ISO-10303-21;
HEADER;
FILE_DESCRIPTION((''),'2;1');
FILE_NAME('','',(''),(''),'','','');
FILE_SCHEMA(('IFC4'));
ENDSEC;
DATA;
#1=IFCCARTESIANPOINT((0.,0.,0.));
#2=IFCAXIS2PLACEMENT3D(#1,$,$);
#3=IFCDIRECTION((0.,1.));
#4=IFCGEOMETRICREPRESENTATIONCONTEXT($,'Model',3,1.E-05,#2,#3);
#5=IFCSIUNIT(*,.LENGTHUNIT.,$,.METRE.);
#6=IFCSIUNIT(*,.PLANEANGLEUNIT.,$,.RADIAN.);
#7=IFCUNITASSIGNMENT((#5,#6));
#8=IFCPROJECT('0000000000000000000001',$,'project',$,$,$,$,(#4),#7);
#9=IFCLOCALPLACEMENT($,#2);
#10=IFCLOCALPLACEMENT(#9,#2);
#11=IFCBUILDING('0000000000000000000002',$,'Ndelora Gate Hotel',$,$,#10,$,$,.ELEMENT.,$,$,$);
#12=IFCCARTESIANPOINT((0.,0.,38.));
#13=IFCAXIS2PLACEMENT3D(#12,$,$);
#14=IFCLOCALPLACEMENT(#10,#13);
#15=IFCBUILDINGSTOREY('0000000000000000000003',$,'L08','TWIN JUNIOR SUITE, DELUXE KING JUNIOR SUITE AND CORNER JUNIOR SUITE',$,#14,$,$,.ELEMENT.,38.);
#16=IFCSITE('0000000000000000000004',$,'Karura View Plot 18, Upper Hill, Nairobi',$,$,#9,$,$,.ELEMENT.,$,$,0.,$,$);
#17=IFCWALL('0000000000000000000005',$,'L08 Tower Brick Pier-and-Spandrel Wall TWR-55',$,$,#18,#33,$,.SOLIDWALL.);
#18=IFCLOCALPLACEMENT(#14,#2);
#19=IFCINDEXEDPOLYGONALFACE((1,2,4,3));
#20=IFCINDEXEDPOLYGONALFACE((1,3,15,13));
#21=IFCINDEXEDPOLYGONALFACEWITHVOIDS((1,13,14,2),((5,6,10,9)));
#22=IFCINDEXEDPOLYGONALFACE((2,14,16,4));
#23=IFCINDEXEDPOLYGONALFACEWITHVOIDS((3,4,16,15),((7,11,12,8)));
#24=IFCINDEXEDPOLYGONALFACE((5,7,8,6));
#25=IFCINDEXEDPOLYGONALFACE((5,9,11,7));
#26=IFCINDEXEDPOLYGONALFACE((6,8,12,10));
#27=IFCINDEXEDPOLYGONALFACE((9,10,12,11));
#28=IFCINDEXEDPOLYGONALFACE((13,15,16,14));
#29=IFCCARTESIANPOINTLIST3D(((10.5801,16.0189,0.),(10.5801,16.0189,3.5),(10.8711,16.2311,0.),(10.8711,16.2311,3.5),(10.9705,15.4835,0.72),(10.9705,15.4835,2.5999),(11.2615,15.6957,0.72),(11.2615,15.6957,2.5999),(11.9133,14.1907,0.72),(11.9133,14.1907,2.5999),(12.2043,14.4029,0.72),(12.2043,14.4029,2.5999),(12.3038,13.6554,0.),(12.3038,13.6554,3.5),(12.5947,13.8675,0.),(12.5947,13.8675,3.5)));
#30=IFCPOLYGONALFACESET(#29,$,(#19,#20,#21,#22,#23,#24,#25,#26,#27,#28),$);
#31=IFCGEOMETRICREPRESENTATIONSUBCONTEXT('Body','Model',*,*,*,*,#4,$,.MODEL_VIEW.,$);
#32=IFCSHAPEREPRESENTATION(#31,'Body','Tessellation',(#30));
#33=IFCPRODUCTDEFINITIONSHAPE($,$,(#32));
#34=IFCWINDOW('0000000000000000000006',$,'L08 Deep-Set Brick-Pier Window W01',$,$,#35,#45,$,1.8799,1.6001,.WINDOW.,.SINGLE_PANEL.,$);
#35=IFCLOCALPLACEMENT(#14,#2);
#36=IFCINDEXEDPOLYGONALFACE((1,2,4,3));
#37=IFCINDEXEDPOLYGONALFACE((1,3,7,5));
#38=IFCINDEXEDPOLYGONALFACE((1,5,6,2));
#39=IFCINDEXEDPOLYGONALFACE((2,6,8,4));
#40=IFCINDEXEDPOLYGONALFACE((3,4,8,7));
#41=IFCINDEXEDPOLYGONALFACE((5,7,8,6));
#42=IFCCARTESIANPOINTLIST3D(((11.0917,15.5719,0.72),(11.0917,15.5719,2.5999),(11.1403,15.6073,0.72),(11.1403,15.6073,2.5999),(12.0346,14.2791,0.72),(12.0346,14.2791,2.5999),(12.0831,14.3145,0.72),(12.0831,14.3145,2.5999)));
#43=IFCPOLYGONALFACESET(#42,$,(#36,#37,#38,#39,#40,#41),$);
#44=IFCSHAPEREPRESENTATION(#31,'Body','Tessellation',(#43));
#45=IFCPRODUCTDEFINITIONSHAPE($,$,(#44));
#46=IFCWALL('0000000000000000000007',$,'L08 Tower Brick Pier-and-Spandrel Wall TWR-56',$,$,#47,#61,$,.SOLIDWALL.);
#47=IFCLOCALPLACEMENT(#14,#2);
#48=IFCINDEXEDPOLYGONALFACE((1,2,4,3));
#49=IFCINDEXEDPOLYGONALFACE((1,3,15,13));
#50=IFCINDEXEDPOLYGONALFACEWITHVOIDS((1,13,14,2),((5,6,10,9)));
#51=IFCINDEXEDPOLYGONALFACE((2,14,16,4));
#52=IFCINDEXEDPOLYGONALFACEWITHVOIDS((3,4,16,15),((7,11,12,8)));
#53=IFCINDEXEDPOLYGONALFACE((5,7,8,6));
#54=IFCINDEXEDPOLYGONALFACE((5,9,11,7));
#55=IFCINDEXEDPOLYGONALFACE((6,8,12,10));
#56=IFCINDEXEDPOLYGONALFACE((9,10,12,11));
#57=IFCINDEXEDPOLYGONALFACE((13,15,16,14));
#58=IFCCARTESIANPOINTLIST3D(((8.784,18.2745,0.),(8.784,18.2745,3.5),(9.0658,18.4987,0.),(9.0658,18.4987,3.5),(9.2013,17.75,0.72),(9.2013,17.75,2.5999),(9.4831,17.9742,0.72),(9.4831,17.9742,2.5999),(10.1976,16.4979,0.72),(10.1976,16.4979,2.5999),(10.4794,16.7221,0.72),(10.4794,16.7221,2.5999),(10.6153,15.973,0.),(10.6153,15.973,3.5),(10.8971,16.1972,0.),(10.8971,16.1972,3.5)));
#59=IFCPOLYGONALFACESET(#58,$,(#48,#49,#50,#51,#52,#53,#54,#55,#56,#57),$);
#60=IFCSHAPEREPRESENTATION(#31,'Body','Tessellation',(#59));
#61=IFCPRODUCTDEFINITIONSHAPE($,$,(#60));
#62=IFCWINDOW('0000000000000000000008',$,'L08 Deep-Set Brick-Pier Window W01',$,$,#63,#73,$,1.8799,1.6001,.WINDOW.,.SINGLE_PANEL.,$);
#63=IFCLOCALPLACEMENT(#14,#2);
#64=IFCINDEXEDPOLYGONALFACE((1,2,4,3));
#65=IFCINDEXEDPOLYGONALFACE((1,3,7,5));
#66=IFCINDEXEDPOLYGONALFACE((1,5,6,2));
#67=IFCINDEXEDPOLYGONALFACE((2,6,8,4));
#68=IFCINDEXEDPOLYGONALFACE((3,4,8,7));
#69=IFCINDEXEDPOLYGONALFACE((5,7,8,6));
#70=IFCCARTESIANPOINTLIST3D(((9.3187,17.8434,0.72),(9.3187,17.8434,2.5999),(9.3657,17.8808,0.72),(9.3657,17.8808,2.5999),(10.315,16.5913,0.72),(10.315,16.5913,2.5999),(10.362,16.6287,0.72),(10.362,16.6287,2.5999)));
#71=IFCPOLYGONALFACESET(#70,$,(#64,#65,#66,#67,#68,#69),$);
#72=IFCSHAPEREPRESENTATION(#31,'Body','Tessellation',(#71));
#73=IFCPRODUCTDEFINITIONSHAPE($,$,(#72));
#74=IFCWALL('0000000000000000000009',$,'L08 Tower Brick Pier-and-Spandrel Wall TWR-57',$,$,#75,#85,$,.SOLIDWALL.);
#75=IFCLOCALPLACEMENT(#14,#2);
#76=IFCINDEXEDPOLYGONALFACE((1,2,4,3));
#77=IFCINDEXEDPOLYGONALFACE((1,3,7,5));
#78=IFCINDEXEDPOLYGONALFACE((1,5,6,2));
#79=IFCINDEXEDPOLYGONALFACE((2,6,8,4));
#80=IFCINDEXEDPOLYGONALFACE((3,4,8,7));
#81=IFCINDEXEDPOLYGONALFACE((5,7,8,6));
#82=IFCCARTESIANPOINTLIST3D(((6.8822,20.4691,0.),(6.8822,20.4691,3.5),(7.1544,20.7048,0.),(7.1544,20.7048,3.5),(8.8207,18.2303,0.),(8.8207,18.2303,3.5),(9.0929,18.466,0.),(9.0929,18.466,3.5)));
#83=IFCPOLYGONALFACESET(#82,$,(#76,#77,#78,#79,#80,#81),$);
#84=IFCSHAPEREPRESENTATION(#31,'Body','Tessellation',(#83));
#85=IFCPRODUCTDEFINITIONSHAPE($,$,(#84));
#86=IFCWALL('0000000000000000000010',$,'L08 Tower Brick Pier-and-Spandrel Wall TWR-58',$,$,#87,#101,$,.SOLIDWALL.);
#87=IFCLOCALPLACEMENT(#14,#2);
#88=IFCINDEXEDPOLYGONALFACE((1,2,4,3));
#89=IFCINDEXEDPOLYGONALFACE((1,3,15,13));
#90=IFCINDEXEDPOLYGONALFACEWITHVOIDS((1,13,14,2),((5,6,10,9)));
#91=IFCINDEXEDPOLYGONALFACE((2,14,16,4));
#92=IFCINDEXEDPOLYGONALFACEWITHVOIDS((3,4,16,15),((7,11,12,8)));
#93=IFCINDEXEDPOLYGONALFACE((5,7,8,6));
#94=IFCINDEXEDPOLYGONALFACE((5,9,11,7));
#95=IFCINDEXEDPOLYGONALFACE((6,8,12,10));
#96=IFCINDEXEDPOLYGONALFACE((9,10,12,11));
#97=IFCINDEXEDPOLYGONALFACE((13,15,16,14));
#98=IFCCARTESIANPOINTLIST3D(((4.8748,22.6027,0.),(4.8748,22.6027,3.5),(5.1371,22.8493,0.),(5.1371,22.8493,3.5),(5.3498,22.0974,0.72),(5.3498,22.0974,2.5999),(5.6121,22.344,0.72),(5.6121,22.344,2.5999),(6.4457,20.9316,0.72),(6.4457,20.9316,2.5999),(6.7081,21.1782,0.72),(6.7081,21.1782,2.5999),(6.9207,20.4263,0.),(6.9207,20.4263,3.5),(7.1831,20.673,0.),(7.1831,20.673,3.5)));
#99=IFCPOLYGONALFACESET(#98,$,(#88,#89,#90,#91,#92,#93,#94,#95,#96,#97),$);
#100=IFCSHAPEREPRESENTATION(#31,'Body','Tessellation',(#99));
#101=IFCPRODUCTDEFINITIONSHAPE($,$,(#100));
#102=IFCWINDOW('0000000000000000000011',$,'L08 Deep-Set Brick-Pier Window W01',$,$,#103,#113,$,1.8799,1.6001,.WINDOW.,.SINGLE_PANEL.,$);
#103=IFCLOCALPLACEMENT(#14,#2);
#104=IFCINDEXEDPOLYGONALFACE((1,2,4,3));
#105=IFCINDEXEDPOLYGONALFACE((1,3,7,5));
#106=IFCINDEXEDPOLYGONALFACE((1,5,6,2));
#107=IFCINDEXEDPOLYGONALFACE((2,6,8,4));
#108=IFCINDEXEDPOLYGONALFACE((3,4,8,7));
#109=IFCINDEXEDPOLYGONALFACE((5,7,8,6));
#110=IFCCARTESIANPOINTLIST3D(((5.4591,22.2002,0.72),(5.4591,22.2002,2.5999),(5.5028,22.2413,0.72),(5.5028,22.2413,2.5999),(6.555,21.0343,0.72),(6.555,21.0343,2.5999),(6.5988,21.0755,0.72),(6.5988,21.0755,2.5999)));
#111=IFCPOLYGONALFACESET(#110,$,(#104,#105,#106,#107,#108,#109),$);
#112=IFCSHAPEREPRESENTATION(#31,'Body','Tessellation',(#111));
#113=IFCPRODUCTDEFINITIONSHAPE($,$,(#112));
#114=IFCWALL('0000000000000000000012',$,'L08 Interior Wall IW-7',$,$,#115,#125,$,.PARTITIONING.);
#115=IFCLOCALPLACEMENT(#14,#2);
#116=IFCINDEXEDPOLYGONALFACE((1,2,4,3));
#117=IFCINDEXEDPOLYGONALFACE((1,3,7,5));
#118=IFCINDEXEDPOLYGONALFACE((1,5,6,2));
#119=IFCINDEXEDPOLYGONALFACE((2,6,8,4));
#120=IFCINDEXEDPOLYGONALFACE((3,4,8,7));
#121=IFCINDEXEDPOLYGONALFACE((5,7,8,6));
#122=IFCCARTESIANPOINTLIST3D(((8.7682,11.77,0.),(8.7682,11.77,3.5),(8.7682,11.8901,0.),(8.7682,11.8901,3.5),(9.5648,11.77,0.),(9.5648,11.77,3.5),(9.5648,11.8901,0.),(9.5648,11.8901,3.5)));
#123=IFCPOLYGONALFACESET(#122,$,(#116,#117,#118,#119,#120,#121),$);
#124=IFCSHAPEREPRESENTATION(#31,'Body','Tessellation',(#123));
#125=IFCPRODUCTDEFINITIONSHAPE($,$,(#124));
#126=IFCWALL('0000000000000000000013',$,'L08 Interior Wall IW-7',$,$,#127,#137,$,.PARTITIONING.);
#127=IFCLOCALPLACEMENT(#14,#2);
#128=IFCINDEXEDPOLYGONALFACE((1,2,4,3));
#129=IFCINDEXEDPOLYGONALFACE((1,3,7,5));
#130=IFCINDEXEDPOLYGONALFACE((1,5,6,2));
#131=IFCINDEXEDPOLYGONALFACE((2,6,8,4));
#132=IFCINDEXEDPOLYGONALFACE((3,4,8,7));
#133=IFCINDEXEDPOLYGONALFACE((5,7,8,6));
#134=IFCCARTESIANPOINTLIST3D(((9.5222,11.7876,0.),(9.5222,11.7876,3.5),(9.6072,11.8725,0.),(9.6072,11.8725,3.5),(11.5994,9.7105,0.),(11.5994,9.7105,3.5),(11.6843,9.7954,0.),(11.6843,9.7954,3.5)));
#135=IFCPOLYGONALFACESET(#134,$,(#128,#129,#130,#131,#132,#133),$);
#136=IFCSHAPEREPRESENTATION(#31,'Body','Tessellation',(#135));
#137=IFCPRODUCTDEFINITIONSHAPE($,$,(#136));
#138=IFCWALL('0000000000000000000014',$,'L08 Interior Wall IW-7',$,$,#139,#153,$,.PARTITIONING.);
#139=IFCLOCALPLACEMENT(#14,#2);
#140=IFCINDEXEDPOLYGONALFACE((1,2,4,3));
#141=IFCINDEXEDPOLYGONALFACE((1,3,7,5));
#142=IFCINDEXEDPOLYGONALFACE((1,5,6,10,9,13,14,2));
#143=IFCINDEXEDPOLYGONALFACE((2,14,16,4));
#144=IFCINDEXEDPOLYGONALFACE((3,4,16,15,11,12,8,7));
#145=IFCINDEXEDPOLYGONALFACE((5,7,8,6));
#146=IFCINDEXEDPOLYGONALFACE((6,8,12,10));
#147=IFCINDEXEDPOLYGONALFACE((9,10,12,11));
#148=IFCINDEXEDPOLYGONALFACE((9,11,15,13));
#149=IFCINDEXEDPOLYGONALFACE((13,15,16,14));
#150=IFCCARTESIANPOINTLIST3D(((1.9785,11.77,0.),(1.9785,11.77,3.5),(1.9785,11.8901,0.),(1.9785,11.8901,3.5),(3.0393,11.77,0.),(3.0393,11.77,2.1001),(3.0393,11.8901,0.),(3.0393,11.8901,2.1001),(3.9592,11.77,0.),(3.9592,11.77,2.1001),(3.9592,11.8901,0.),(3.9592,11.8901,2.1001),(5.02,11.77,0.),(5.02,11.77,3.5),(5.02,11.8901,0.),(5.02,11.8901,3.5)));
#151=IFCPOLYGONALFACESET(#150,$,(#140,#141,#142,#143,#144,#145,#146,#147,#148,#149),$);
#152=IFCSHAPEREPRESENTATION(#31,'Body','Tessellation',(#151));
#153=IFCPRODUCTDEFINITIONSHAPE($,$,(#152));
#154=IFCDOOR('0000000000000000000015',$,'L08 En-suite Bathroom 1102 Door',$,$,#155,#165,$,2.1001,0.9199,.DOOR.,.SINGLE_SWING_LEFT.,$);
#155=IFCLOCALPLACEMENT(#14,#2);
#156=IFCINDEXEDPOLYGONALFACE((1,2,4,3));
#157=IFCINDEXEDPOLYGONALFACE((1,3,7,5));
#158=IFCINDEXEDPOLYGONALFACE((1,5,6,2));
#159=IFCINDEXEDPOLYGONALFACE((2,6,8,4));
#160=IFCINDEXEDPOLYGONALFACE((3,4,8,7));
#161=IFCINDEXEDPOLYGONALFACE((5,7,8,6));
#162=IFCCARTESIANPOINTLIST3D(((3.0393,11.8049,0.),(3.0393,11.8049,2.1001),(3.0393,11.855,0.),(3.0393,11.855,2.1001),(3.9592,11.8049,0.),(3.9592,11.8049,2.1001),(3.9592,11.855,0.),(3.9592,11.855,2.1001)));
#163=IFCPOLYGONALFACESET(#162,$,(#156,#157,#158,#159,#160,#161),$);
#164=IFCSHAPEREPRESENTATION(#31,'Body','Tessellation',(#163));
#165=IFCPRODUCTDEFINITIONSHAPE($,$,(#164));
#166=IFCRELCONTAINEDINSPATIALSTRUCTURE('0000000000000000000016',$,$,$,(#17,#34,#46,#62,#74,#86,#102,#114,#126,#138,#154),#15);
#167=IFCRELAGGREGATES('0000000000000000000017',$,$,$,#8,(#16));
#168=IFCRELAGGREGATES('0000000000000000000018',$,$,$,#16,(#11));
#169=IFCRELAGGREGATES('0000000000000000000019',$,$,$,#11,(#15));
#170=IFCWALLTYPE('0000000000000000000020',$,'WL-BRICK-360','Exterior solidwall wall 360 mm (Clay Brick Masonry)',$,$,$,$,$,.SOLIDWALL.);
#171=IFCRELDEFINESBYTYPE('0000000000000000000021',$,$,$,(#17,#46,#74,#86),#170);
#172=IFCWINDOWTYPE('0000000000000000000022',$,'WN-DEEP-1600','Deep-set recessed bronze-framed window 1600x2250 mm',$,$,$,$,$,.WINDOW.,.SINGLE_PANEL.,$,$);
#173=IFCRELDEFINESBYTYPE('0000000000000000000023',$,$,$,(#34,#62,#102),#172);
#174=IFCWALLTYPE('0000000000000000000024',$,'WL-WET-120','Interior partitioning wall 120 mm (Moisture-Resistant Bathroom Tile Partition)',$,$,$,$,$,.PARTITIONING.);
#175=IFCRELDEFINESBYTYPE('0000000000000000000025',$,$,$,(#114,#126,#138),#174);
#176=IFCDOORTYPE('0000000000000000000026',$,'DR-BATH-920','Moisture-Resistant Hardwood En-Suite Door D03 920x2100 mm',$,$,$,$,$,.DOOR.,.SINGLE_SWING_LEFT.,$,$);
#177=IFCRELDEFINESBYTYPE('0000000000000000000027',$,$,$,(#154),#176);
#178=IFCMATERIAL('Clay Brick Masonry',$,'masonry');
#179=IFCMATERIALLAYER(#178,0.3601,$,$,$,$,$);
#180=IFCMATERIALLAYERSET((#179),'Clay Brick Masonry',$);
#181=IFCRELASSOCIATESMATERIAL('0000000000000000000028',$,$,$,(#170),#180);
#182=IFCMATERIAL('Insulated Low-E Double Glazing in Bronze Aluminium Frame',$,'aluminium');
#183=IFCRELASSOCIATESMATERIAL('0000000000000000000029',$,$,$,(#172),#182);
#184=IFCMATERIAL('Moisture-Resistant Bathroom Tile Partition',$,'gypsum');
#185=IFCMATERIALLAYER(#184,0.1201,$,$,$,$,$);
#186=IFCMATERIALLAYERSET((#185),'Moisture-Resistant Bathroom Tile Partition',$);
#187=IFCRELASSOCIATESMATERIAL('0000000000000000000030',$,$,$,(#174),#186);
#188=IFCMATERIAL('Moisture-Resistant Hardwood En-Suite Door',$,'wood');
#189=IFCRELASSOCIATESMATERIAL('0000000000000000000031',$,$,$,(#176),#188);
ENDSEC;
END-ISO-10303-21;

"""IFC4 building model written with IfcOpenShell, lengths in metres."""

from ifc_helpers import new_model, si_unit, direction, frame, frame_2d, origin, place, context, subcontext, project, spatial, rectangle, extrude, material, layer, layer_set, type_object, element, fill, save


model = new_model("IFC4")

# Units and contexts
model_context = context("Model", 3, precision=1e-05, world=origin(), true_north=direction((0.0, 1.0)))
body_context = subcontext(model_context, "Body", "Model", "MODEL_VIEW")
ifc_project = project(units=[si_unit("LENGTHUNIT", "METRE"), si_unit("PLANEANGLEUNIT", "RADIAN")], contexts=[model_context])

# Site, building, storey
site_placement = place(None, origin())
site = spatial("IfcSite", under=ifc_project, at=site_placement, Name="Karura View Plot 18, Upper Hill, Nairobi", CompositionType="ELEMENT", RefElevation=0.0)
building_placement = place(site_placement, origin())
building = spatial("IfcBuilding", under=site, at=building_placement, Name="Ndelora Gate Hotel", CompositionType="ELEMENT")
storey_placement = place(building_placement, frame((0.0, 0.0, 38.0)))
storey = spatial("IfcBuildingStorey", under=building, at=storey_placement, Name="L08", Description="TWIN JUNIOR SUITE, DELUXE KING JUNIOR SUITE AND CORNER JUNIOR SUITE", CompositionType="ELEMENT", Elevation=38.0)

# Shared definitions
ifc_material_1 = material(Name="Clay Brick Masonry", Category="masonry")
ifc_layer_1 = layer(ifc_material_1, 0.3601)
ifc_layer_set_1 = layer_set([ifc_layer_1], Name="Clay Brick Masonry")
wall_type_1 = type_object("IfcWallType", Name="WL-BRICK-360", Description="Exterior solidwall wall 360 mm (Clay Brick Masonry)", PredefinedType="SOLIDWALL", material=ifc_layer_set_1)

# Walls, openings, windows
ifc_material_2 = material(Name="Insulated Low-E Double Glazing in Bronze Aluminium Frame", Category="aluminium")
window_type = type_object("IfcWindowType", Name="WN-DEEP-1600", Description="Deep-set recessed bronze-framed window 1600x2250 mm", PartitioningType="SINGLE_PANEL", PredefinedType="WINDOW", material=ifc_material_2)
wall_1_placement = place(storey_placement, frame((10.7256, 16.125, 0.0), z_axis=(0.0, 0.0, 1.0), x_axis=(0.589223, -0.80797, 0.0)))
wall_1 = element("IfcWall", 1, at=wall_1_placement, inside=storey, type_object=wall_type_1, Name="L08 Tower Brick Pier-and-Spandrel Wall TWR-55", PredefinedType="SOLIDWALL", context=body_context, shape_type="SweptSolid", body=[
    extrude(rectangle(XDim=2.9253, YDim=0.3601, at=frame_2d((1.4626, 0.0))), origin(), (0.0, 0.0, 1.0), 3.5),
])
opening_1_placement = place(wall_1_placement, frame((0.6626, 0.0, 0.72)))
opening_1 = element("IfcOpeningElement", 2, at=opening_1_placement, cuts=wall_1, PredefinedType="OPENING", context=body_context, shape_type="SweptSolid", body=[
    extrude(rectangle(XDim=1.6001, YDim=1.8799, at=frame_2d((0.8, 0.9399))), frame((0.0, 0.1899, 0.0), z_axis=(0.0, -1.0, 0.0), x_axis=(1.0, 0.0, 0.0)), (0.0, 0.0, 1.0), 0.3801),
])
window_1_placement = place(opening_1_placement, origin())
window_1 = element("IfcWindow", 3, at=window_1_placement, inside=storey, type_object=window_type, Name="L08 Deep-Set Brick-Pier Window W01", OverallHeight=1.8799, OverallWidth=1.6001, PartitioningType="SINGLE_PANEL", PredefinedType="WINDOW", context=body_context, shape_type="SweptSolid", body=[
    extrude(rectangle(XDim=1.6001, YDim=1.8799, at=frame_2d((0.8, 0.9399))), frame((0.0, 0.03, 0.0), z_axis=(0.0, -1.0, 0.0), x_axis=(1.0, 0.0, 0.0)), (0.0, 0.0, 1.0), 0.0601),
])
fill(opening_1, window_1)
wall_2_placement = place(storey_placement, frame((8.9248, 18.3867, 0.0), z_axis=(0.0, 0.0, 1.0), x_axis=(0.622638, -0.78251, 0.0)))
wall_2 = element("IfcWall", 4, at=wall_2_placement, inside=storey, type_object=wall_type_1, Name="L08 Tower Brick Pier-and-Spandrel Wall TWR-56", PredefinedType="SOLIDWALL", context=body_context, shape_type="SweptSolid", body=[
    extrude(rectangle(XDim=2.9412, YDim=0.3601, at=frame_2d((1.4707, 0.0))), origin(), (0.0, 0.0, 1.0), 3.5),
])
opening_2_placement = place(wall_2_placement, frame((0.6704, 0.0, 0.72)))
opening_2 = element("IfcOpeningElement", 5, at=opening_2_placement, cuts=wall_2, PredefinedType="OPENING", context=body_context, shape_type="SweptSolid", body=[
    extrude(rectangle(XDim=1.6001, YDim=1.8799, at=frame_2d((0.8, 0.9399))), frame((0.0, 0.1899, 0.0), z_axis=(0.0, -1.0, 0.0), x_axis=(1.0, 0.0, 0.0)), (0.0, 0.0, 1.0), 0.3801),
])
window_2_placement = place(opening_2_placement, origin())
window_2 = element("IfcWindow", 6, at=window_2_placement, inside=storey, type_object=window_type, Name="L08 Deep-Set Brick-Pier Window W01", OverallHeight=1.8799, OverallWidth=1.6001, PartitioningType="SINGLE_PANEL", PredefinedType="WINDOW", context=body_context, shape_type="SweptSolid", body=[
    extrude(rectangle(XDim=1.6001, YDim=1.8799, at=frame_2d((0.8, 0.9399))), frame((0.0, 0.03, 0.0), z_axis=(0.0, -1.0, 0.0), x_axis=(1.0, 0.0, 0.0)), (0.0, 0.0, 1.0), 0.0601),
])
fill(opening_2, window_2)

# Wall
wall_3_placement = place(storey_placement, frame((7.0183, 20.5869, 0.0), z_axis=(0.0, 0.0, 1.0), x_axis=(0.654585, -0.755988, 0.0)))
element("IfcWall", 7, at=wall_3_placement, inside=storey, type_object=wall_type_1, Name="L08 Tower Brick Pier-and-Spandrel Wall TWR-57", PredefinedType="SOLIDWALL", context=body_context, shape_type="SweptSolid", body=[
    extrude(rectangle(XDim=2.9614, YDim=0.3601, at=frame_2d((1.4807, 0.0))), origin(), (0.0, 0.0, 1.0), 3.5),
])

# Wall, opening, window
wall_4_placement = place(storey_placement, frame((5.0059, 22.7261, 0.0), z_axis=(0.0, 0.0, 1.0), x_axis=(0.684946, -0.728593, 0.0)))
wall_4 = element("IfcWall", 8, at=wall_4_placement, inside=storey, type_object=wall_type_1, Name="L08 Tower Brick Pier-and-Spandrel Wall TWR-58", PredefinedType="SOLIDWALL", context=body_context, shape_type="SweptSolid", body=[
    extrude(rectangle(XDim=2.9871, YDim=0.3601, at=frame_2d((1.4937, 0.0))), origin(), (0.0, 0.0, 1.0), 3.5),
])
opening_3_placement = place(wall_4_placement, frame((0.6936, 0.0, 0.72)))
opening_3 = element("IfcOpeningElement", 9, at=opening_3_placement, cuts=wall_4, PredefinedType="OPENING", context=body_context, shape_type="SweptSolid", body=[
    extrude(rectangle(XDim=1.6001, YDim=1.8799, at=frame_2d((0.8, 0.9399))), frame((0.0, 0.1899, 0.0), z_axis=(0.0, -1.0, 0.0), x_axis=(1.0, 0.0, 0.0)), (0.0, 0.0, 1.0), 0.3801),
])
window_3_placement = place(opening_3_placement, origin())
window_3 = element("IfcWindow", 10, at=window_3_placement, inside=storey, type_object=window_type, Name="L08 Deep-Set Brick-Pier Window W01", OverallHeight=1.8799, OverallWidth=1.6001, PartitioningType="SINGLE_PANEL", PredefinedType="WINDOW", context=body_context, shape_type="SweptSolid", body=[
    extrude(rectangle(XDim=1.6001, YDim=1.8799, at=frame_2d((0.8, 0.9399))), frame((0.0, 0.03, 0.0), z_axis=(0.0, -1.0, 0.0), x_axis=(1.0, 0.0, 0.0)), (0.0, 0.0, 1.0), 0.0601),
])
fill(opening_3, window_3)

# Walls
ifc_material_3 = material(Name="Moisture-Resistant Bathroom Tile Partition", Category="gypsum")
ifc_layer_2 = layer(ifc_material_3, 0.1201)
ifc_layer_set_2 = layer_set([ifc_layer_2], Name="Moisture-Resistant Bathroom Tile Partition")
wall_type_2 = type_object("IfcWallType", Name="WL-WET-120", Description="Interior partitioning wall 120 mm (Moisture-Resistant Bathroom Tile Partition)", PredefinedType="PARTITIONING", material=ifc_layer_set_2)
wall_5_placement = place(storey_placement, frame((8.7681, 11.8301, 0.0), z_axis=(0.0, 0.0, 1.0), x_axis=(1.0, 0.0, 0.0)))
element("IfcWall", 11, at=wall_5_placement, inside=storey, type_object=wall_type_2, Name="L08 Interior Wall IW-7", PredefinedType="PARTITIONING", context=body_context, shape_type="SweptSolid", body=[
    extrude(rectangle(XDim=0.7966, YDim=0.1201, at=frame_2d((0.3984, 0.0))), origin(), (0.0, 0.0, 1.0), 3.5),
])
wall_6_placement = place(storey_placement, frame((9.5647, 11.8301, 0.0), z_axis=(0.0, 0.0, 1.0), x_axis=(0.707107, -0.707107, 0.0)))
element("IfcWall", 12, at=wall_6_placement, inside=storey, type_object=wall_type_2, Name="L08 Interior Wall IW-7", PredefinedType="PARTITIONING", context=body_context, shape_type="SweptSolid", body=[
    extrude(rectangle(XDim=2.9375, YDim=0.1201, at=frame_2d((1.4688, 0.0))), origin(), (0.0, 0.0, 1.0), 3.5),
])

# Wall, opening, door
wall_7_placement = place(storey_placement, frame((1.9785, 11.8301, 0.0), z_axis=(0.0, 0.0, 1.0), x_axis=(1.0, 0.0, 0.0)))
wall_7 = element("IfcWall", 13, at=wall_7_placement, inside=storey, type_object=wall_type_2, Name="L08 Interior Wall IW-7", PredefinedType="PARTITIONING", context=body_context, shape_type="SweptSolid", body=[
    extrude(rectangle(XDim=3.0415, YDim=0.1201, at=frame_2d((1.5208, 0.0))), origin(), (0.0, 0.0, 1.0), 3.5),
])
opening_4_placement = place(wall_7_placement, frame((1.0608, 0.0, 0.0)))
opening_4 = element("IfcOpeningElement", 14, at=opening_4_placement, cuts=wall_7, PredefinedType="OPENING", context=body_context, shape_type="SweptSolid", body=[
    extrude(rectangle(XDim=0.9199, YDim=2.1001, at=frame_2d((0.46, 1.05))), frame((0.0, 0.0701, 0.0), z_axis=(0.0, -1.0, 0.0), x_axis=(1.0, 0.0, 0.0)), (0.0, 0.0, 1.0), 0.1401),
])
ifc_material_4 = material(Name="Moisture-Resistant Hardwood En-Suite Door", Category="wood")
door_type = type_object("IfcDoorType", Name="DR-BATH-920", Description="Moisture-Resistant Hardwood En-Suite Door D03 920x2100 mm", OperationType="SINGLE_SWING_LEFT", PredefinedType="DOOR", material=ifc_material_4)
door_placement = place(opening_4_placement, origin())
door = element("IfcDoor", 15, at=door_placement, inside=storey, type_object=door_type, Name="L08 En-suite Bathroom 1102 Door", OperationType="SINGLE_SWING_LEFT", OverallHeight=2.1001, OverallWidth=0.9199, PredefinedType="DOOR", context=body_context, shape_type="SweptSolid", body=[
    extrude(rectangle(XDim=0.9199, YDim=2.1001, at=frame_2d((0.46, 1.05))), frame((0.0, 0.0249, 0.0), z_axis=(0.0, -1.0, 0.0), x_axis=(1.0, 0.0, 0.0)), (0.0, 0.0, 1.0), 0.05),
])
fill(opening_4, door)

save(model, "model.ifc")
